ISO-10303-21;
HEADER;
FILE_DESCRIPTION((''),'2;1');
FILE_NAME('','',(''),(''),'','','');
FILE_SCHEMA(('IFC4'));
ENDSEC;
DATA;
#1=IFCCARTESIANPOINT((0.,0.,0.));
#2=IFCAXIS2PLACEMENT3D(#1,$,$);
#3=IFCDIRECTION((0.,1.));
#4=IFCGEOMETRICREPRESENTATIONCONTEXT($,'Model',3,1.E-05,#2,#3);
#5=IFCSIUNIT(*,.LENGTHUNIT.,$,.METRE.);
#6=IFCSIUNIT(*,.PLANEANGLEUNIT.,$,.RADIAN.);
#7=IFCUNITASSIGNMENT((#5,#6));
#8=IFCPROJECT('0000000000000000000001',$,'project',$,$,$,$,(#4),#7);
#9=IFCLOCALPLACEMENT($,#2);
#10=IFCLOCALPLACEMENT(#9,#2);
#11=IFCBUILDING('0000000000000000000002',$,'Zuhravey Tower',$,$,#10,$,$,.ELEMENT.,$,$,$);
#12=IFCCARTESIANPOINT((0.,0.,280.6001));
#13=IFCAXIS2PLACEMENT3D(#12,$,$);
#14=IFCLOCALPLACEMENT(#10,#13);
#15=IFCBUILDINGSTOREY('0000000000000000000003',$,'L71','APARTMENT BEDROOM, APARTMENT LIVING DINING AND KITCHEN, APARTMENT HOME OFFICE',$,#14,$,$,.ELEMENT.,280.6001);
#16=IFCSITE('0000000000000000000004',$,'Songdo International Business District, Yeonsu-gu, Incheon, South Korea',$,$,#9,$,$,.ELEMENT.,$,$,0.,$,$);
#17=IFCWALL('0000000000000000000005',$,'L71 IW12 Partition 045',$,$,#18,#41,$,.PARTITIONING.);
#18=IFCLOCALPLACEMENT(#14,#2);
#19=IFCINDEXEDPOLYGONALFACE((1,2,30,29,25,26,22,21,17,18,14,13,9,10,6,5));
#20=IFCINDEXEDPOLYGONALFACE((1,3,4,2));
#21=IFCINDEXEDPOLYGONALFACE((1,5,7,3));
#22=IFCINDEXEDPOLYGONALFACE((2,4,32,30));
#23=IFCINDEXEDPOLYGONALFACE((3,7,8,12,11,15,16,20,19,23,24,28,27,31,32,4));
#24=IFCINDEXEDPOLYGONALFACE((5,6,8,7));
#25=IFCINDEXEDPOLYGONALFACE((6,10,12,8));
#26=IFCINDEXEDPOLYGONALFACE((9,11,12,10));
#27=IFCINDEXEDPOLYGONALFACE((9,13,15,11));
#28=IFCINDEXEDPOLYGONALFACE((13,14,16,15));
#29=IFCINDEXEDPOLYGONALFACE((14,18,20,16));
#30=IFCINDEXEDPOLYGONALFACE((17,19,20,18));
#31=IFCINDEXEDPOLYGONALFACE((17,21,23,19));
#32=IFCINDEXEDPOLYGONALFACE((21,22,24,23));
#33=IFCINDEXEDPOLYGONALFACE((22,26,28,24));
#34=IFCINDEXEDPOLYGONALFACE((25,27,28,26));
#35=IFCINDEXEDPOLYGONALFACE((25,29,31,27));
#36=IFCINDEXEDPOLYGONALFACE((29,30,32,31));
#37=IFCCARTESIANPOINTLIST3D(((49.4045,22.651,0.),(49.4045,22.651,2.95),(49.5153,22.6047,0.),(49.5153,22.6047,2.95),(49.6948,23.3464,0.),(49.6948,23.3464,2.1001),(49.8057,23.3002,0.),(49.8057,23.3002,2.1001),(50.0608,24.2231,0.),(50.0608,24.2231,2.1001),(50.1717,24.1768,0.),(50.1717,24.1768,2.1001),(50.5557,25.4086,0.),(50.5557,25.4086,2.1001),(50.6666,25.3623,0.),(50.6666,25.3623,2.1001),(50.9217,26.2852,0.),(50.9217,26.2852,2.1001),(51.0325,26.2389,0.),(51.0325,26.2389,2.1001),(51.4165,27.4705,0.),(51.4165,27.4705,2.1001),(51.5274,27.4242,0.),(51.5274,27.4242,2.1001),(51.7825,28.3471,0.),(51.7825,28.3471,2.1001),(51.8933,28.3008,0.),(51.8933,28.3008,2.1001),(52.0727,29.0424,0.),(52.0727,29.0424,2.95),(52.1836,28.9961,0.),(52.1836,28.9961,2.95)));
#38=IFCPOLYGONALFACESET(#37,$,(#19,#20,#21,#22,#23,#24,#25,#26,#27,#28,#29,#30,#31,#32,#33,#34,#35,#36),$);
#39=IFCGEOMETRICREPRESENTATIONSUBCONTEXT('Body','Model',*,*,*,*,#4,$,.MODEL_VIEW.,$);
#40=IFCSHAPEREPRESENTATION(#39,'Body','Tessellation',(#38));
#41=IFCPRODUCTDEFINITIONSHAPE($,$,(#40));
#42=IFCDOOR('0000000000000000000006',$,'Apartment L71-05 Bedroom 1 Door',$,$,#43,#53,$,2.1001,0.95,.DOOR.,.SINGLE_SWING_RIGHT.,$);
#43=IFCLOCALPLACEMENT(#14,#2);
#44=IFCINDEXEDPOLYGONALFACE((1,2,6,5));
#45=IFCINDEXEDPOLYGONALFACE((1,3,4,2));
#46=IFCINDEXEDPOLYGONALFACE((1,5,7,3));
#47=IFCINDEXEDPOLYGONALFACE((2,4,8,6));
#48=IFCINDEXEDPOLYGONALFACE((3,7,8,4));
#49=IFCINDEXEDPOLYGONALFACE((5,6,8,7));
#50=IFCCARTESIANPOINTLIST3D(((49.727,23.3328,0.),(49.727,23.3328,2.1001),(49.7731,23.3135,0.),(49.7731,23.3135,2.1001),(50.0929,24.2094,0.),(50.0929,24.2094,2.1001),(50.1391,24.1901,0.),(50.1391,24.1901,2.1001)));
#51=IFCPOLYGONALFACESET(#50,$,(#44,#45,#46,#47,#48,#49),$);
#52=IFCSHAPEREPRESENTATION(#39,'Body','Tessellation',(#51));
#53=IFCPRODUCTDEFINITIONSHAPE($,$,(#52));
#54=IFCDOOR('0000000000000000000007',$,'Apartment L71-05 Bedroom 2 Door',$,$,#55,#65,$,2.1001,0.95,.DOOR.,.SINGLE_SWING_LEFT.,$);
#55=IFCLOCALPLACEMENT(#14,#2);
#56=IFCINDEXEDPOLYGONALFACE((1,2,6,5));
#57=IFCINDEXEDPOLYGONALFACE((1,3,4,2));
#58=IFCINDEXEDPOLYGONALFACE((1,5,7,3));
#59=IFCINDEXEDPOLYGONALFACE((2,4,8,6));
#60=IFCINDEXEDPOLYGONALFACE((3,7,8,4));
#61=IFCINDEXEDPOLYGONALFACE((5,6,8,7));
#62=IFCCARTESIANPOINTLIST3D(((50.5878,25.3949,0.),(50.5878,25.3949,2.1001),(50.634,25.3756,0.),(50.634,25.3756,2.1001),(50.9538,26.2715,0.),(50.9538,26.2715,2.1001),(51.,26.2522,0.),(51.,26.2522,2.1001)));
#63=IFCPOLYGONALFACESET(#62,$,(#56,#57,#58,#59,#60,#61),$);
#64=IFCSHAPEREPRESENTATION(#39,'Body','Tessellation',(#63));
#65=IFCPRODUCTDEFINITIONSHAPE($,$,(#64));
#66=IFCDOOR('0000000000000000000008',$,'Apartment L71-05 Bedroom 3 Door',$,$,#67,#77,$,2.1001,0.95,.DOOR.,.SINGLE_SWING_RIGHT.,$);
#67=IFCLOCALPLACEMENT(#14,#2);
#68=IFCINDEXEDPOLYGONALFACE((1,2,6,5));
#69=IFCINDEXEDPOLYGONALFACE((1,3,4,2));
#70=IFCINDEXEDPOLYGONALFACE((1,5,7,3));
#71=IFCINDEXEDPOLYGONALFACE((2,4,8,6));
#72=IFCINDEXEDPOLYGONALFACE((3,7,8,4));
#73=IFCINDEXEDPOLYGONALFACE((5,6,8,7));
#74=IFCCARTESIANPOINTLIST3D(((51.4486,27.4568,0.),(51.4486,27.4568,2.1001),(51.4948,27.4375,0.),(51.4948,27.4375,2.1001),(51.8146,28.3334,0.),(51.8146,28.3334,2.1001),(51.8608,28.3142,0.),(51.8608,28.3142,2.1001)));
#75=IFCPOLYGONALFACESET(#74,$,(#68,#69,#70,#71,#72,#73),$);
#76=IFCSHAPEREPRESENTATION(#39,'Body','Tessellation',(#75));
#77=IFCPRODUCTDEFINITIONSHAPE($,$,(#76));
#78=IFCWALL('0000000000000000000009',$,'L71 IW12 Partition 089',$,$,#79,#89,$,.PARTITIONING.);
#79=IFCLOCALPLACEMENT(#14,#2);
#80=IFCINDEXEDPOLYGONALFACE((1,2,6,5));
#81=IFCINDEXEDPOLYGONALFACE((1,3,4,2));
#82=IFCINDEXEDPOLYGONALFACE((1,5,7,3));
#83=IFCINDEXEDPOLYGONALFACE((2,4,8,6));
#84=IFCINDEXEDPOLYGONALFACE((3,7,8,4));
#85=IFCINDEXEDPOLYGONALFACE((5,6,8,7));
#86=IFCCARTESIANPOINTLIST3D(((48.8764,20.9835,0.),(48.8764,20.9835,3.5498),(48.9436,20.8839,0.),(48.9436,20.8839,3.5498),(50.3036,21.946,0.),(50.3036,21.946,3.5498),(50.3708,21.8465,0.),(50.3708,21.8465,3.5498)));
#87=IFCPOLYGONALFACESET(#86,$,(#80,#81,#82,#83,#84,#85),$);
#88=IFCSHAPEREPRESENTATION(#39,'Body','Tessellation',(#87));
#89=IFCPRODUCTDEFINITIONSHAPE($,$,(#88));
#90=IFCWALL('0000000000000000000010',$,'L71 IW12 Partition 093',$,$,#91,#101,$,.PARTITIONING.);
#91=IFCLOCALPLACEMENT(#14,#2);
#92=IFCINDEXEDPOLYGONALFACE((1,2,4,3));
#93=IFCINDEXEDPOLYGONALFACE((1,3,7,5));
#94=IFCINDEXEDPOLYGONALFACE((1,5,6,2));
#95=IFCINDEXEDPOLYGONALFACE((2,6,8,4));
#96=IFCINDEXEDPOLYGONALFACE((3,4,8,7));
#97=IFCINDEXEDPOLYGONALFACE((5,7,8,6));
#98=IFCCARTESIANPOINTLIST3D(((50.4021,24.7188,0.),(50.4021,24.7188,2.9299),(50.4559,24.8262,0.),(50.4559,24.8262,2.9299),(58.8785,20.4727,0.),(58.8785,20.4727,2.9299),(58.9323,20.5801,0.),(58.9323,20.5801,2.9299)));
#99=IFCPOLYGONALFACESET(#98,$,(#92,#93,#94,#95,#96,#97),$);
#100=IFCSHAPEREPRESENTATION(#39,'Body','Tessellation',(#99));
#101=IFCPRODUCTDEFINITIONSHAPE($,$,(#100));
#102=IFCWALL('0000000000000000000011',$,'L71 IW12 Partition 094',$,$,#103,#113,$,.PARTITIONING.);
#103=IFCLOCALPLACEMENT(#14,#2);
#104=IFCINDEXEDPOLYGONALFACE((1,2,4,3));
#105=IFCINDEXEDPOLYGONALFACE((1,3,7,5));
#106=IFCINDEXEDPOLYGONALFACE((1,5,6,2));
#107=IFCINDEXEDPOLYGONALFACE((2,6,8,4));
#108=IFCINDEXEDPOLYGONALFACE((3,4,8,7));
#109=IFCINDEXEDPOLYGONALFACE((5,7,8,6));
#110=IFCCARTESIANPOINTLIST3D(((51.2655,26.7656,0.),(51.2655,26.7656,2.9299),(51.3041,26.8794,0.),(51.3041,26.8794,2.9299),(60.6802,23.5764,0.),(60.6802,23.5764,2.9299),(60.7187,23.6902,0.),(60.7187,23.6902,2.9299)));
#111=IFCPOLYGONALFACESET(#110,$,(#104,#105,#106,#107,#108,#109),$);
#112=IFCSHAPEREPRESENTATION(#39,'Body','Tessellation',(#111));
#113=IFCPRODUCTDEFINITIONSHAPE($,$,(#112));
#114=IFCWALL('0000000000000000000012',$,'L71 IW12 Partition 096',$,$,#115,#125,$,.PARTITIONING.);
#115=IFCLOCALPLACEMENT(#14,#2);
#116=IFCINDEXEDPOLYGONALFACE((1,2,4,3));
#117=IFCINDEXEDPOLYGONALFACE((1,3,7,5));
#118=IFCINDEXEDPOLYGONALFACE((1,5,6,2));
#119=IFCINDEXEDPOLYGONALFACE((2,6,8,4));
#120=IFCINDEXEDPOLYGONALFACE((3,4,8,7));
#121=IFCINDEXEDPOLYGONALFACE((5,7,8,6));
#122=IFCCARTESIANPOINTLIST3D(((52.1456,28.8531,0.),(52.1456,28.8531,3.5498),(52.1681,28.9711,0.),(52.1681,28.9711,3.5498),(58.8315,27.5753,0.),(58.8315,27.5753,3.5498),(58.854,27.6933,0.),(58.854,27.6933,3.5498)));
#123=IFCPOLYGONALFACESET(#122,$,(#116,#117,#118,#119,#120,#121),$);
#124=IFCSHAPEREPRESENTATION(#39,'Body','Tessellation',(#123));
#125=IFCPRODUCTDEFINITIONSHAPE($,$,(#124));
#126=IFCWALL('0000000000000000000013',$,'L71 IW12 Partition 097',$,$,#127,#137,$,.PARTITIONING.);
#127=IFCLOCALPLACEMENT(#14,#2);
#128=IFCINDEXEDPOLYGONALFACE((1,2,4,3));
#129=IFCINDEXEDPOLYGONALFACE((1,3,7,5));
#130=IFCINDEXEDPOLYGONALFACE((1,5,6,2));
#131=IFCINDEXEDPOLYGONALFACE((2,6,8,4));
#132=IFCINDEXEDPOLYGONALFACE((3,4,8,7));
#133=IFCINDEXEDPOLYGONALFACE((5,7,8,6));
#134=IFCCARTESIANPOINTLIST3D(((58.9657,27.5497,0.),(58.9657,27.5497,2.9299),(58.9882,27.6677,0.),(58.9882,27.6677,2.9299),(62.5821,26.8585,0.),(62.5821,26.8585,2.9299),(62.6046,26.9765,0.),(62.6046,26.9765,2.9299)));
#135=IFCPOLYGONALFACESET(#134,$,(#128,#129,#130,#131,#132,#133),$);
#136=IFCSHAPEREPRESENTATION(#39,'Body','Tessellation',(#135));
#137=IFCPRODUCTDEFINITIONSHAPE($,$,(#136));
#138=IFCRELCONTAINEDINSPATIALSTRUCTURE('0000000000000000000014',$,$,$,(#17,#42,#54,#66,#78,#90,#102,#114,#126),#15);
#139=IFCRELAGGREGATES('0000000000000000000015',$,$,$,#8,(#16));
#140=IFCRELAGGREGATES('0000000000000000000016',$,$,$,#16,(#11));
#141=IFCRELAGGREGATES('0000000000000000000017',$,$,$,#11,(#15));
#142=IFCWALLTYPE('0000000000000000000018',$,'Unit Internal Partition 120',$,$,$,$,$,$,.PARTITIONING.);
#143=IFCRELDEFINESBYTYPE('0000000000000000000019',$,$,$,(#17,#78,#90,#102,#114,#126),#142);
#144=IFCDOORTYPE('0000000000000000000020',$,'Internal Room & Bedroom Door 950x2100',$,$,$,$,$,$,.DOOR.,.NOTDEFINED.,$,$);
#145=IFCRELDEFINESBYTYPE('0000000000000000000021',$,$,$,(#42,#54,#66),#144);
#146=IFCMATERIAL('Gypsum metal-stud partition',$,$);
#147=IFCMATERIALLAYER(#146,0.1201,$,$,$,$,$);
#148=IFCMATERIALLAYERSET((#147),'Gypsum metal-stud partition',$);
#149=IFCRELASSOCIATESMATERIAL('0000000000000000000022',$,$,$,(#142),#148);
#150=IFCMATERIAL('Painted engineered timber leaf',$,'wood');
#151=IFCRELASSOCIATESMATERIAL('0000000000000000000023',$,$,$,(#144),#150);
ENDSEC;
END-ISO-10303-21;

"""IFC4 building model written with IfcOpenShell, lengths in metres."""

from ifc_helpers import new_model, si_unit, direction, frame, frame_2d, origin, place, context, subcontext, project, spatial, rectangle, extrude, material, layer, layer_set, type_object, element, fill, save


model = new_model("IFC4")

# Units and contexts
model_context = context("Model", 3, precision=1e-05, world=origin(), true_north=direction((0.0, 1.0)))
body_context = subcontext(model_context, "Body", "Model", "MODEL_VIEW")
ifc_project = project(units=[si_unit("LENGTHUNIT", "METRE"), si_unit("PLANEANGLEUNIT", "RADIAN")], contexts=[model_context])

# Site, building, storey
site_placement = place(None, origin())
site = spatial("IfcSite", under=ifc_project, at=site_placement, Name="Songdo International Business District, Yeonsu-gu, Incheon, South Korea", CompositionType="ELEMENT", RefElevation=0.0)
building_placement = place(site_placement, origin())
building = spatial("IfcBuilding", under=site, at=building_placement, Name="Zuhravey Tower", CompositionType="ELEMENT")
storey_placement = place(building_placement, frame((0.0, 0.0, 280.6001)))
storey = spatial("IfcBuildingStorey", under=building, at=storey_placement, Name="L71", Description="APARTMENT BEDROOM, APARTMENT LIVING DINING AND KITCHEN, APARTMENT HOME OFFICE", CompositionType="ELEMENT", Elevation=280.6001)

# Shared definitions
ifc_material_1 = material(Name="Gypsum metal-stud partition")
ifc_layer_1 = layer(ifc_material_1, 0.1201)
ifc_layer_set_1 = layer_set([ifc_layer_1], Name="Gypsum metal-stud partition")
wall_type_1 = type_object("IfcWallType", Name="Unit Internal Partition 120", PredefinedType="PARTITIONING", material=ifc_layer_set_1)
ifc_material_2 = material(Name="Painted engineered timber leaf", Category="wood")
door_type_1 = type_object("IfcDoorType", Name="Internal Room & Bedroom Door 950x2100", OperationType="NOTDEFINED", PredefinedType="DOOR", material=ifc_material_2)

# Wall, openings, doors
wall_1_placement = place(storey_placement, frame((49.46, 22.6279, 0.0), z_axis=(0.0, 0.0, 1.0), x_axis=(0.385249, 0.922813, 0.0)))
wall_1 = element("IfcWall", 1, at=wall_1_placement, inside=storey, type_object=wall_type_1, Name="L71 IW12 Partition 045", PredefinedType="PARTITIONING", context=body_context, shape_type="SweptSolid", body=[
    extrude(rectangle(XDim=6.926, YDim=0.1201, at=frame_2d((3.4629, 0.0))), origin(), (0.0, 0.0, 1.0), 2.95),
])
opening_1_placement = place(wall_1_placement, frame((0.7534, 0.0, 0.0)))
opening_1 = element("IfcOpeningElement", 2, at=opening_1_placement, cuts=wall_1, PredefinedType="OPENING", context=body_context, shape_type="SweptSolid", body=[
    extrude(rectangle(XDim=0.95, YDim=2.1001, at=frame_2d((0.4751, 1.05))), frame((0.0, 0.072, 0.0), z_axis=(0.0, -1.0, 0.0), x_axis=(1.0, 0.0, 0.0)), (0.0, 0.0, 1.0), 0.144),
])
opening_2_placement = place(wall_1_placement, frame((2.988, 0.0, 0.0)))
opening_2 = element("IfcOpeningElement", 3, at=opening_2_placement, cuts=wall_1, PredefinedType="OPENING", context=body_context, shape_type="SweptSolid", body=[
    extrude(rectangle(XDim=0.95, YDim=2.1001, at=frame_2d((0.4751, 1.05))), frame((0.0, 0.072, 0.0), z_axis=(0.0, -1.0, 0.0), x_axis=(1.0, 0.0, 0.0)), (0.0, 0.0, 1.0), 0.144),
])
opening_3_placement = place(wall_1_placement, frame((5.2224, 0.0, 0.0)))
opening_3 = element("IfcOpeningElement", 4, at=opening_3_placement, cuts=wall_1, PredefinedType="OPENING", context=body_context, shape_type="SweptSolid", body=[
    extrude(rectangle(XDim=0.95, YDim=2.1001, at=frame_2d((0.4751, 1.05))), frame((0.0, 0.072, 0.0), z_axis=(0.0, -1.0, 0.0), x_axis=(1.0, 0.0, 0.0)), (0.0, 0.0, 1.0), 0.144),
])
door_1_placement = place(opening_1_placement, frame((0.95, 0.0, 0.0), z_axis=(0.0, 0.0, 1.0), x_axis=(-1.0, 0.0, 0.0)))
door_1 = element("IfcDoor", 5, at=door_1_placement, inside=storey, type_object=door_type_1, Name="Apartment L71-05 Bedroom 1 Door", OperationType="SINGLE_SWING_RIGHT", OverallHeight=2.1001, OverallWidth=0.95, PredefinedType="DOOR", context=body_context, shape_type="SweptSolid", body=[
    extrude(rectangle(XDim=0.95, YDim=2.1001, at=frame_2d((0.4751, 1.05))), frame((0.0, 0.0249, 0.0), z_axis=(0.0, -1.0, 0.0), x_axis=(1.0, 0.0, 0.0)), (0.0, 0.0, 1.0), 0.05),
])
fill(opening_1, door_1)
door_2_placement = place(opening_2_placement, frame((0.95, 0.0, 0.0), z_axis=(0.0, 0.0, 1.0), x_axis=(-1.0, 0.0, 0.0)))
door_2 = element("IfcDoor", 6, at=door_2_placement, inside=storey, type_object=door_type_1, Name="Apartment L71-05 Bedroom 2 Door", OperationType="SINGLE_SWING_LEFT", OverallHeight=2.1001, OverallWidth=0.95, PredefinedType="DOOR", context=body_context, shape_type="SweptSolid", body=[
    extrude(rectangle(XDim=0.95, YDim=2.1001, at=frame_2d((0.4751, 1.05))), frame((0.0, 0.0249, 0.0), z_axis=(0.0, -1.0, 0.0), x_axis=(1.0, 0.0, 0.0)), (0.0, 0.0, 1.0), 0.05),
])
fill(opening_2, door_2)
door_3_placement = place(opening_3_placement, frame((0.95, 0.0, 0.0), z_axis=(0.0, 0.0, 1.0), x_axis=(-1.0, 0.0, 0.0)))
door_3 = element("IfcDoor", 7, at=door_3_placement, inside=storey, type_object=door_type_1, Name="Apartment L71-05 Bedroom 3 Door", OperationType="SINGLE_SWING_RIGHT", OverallHeight=2.1001, OverallWidth=0.95, PredefinedType="DOOR", context=body_context, shape_type="SweptSolid", body=[
    extrude(rectangle(XDim=0.95, YDim=2.1001, at=frame_2d((0.4751, 1.05))), frame((0.0, 0.0249, 0.0), z_axis=(0.0, -1.0, 0.0), x_axis=(1.0, 0.0, 0.0)), (0.0, 0.0, 1.0), 0.05),
])
fill(opening_3, door_3)

# Walls
wall_2_placement = place(storey_placement, frame((48.9099, 20.9336, 0.0), z_axis=(0.0, 0.0, 1.0), x_axis=(0.829049, 0.559176, 0.0)))
element("IfcWall", 8, at=wall_2_placement, inside=storey, type_object=wall_type_1, Name="L71 IW12 Partition 089", PredefinedType="PARTITIONING", context=body_context, shape_type="SweptSolid", body=[
    extrude(rectangle(XDim=1.7214, YDim=0.1201, at=frame_2d((0.8608, 0.0))), origin(), (0.0, 0.0, 1.0), 3.5498),
])
wall_3_placement = place(storey_placement, frame((50.429, 24.7725, 0.0), z_axis=(0.0, 0.0, 1.0), x_axis=(0.894097, -0.447873, 0.0)))
element("IfcWall", 9, at=wall_3_placement, inside=storey, type_object=wall_type_1, Name="L71 IW12 Partition 093", PredefinedType="PARTITIONING", context=body_context, shape_type="SweptSolid", body=[
    extrude(rectangle(XDim=9.4805, YDim=0.1201, at=frame_2d((4.7402, 0.0))), origin(), (0.0, 0.0, 1.0), 2.9299),
])
wall_4_placement = place(storey_placement, frame((51.2847, 26.8225, 0.0), z_axis=(0.0, 0.0, 1.0), x_axis=(0.947135, -0.320837, 0.0)))
element("IfcWall", 10, at=wall_4_placement, inside=storey, type_object=wall_type_1, Name="L71 IW12 Partition 094", PredefinedType="PARTITIONING", context=body_context, shape_type="SweptSolid", body=[
    extrude(rectangle(XDim=9.9402, YDim=0.1201, at=frame_2d((4.9702, 0.0))), origin(), (0.0, 0.0, 1.0), 2.9299),
])
wall_5_placement = place(storey_placement, frame((52.157, 28.9121, 0.0), z_axis=(0.0, 0.0, 1.0), x_axis=(0.982221, -0.187728, 0.0)))
element("IfcWall", 11, at=wall_5_placement, inside=storey, type_object=wall_type_1, Name="L71 IW12 Partition 096", PredefinedType="PARTITIONING", context=body_context, shape_type="SweptSolid", body=[
    extrude(rectangle(XDim=6.8069, YDim=0.1201, at=frame_2d((3.4033, 0.0))), origin(), (0.0, 0.0, 1.0), 3.5498),
])
wall_6_placement = place(storey_placement, frame((58.9771, 27.6086, 0.0), z_axis=(0.0, 0.0, 1.0), x_axis=(0.982223, -0.187718, 0.0)))
element("IfcWall", 12, at=wall_6_placement, inside=storey, type_object=wall_type_1, Name="L71 IW12 Partition 097", PredefinedType="PARTITIONING", context=body_context, shape_type="SweptSolid", body=[
    extrude(rectangle(XDim=3.6819, YDim=0.1201, at=frame_2d((1.8408, 0.0))), origin(), (0.0, 0.0, 1.0), 2.9299),
])

save(model, "model.ifc")
